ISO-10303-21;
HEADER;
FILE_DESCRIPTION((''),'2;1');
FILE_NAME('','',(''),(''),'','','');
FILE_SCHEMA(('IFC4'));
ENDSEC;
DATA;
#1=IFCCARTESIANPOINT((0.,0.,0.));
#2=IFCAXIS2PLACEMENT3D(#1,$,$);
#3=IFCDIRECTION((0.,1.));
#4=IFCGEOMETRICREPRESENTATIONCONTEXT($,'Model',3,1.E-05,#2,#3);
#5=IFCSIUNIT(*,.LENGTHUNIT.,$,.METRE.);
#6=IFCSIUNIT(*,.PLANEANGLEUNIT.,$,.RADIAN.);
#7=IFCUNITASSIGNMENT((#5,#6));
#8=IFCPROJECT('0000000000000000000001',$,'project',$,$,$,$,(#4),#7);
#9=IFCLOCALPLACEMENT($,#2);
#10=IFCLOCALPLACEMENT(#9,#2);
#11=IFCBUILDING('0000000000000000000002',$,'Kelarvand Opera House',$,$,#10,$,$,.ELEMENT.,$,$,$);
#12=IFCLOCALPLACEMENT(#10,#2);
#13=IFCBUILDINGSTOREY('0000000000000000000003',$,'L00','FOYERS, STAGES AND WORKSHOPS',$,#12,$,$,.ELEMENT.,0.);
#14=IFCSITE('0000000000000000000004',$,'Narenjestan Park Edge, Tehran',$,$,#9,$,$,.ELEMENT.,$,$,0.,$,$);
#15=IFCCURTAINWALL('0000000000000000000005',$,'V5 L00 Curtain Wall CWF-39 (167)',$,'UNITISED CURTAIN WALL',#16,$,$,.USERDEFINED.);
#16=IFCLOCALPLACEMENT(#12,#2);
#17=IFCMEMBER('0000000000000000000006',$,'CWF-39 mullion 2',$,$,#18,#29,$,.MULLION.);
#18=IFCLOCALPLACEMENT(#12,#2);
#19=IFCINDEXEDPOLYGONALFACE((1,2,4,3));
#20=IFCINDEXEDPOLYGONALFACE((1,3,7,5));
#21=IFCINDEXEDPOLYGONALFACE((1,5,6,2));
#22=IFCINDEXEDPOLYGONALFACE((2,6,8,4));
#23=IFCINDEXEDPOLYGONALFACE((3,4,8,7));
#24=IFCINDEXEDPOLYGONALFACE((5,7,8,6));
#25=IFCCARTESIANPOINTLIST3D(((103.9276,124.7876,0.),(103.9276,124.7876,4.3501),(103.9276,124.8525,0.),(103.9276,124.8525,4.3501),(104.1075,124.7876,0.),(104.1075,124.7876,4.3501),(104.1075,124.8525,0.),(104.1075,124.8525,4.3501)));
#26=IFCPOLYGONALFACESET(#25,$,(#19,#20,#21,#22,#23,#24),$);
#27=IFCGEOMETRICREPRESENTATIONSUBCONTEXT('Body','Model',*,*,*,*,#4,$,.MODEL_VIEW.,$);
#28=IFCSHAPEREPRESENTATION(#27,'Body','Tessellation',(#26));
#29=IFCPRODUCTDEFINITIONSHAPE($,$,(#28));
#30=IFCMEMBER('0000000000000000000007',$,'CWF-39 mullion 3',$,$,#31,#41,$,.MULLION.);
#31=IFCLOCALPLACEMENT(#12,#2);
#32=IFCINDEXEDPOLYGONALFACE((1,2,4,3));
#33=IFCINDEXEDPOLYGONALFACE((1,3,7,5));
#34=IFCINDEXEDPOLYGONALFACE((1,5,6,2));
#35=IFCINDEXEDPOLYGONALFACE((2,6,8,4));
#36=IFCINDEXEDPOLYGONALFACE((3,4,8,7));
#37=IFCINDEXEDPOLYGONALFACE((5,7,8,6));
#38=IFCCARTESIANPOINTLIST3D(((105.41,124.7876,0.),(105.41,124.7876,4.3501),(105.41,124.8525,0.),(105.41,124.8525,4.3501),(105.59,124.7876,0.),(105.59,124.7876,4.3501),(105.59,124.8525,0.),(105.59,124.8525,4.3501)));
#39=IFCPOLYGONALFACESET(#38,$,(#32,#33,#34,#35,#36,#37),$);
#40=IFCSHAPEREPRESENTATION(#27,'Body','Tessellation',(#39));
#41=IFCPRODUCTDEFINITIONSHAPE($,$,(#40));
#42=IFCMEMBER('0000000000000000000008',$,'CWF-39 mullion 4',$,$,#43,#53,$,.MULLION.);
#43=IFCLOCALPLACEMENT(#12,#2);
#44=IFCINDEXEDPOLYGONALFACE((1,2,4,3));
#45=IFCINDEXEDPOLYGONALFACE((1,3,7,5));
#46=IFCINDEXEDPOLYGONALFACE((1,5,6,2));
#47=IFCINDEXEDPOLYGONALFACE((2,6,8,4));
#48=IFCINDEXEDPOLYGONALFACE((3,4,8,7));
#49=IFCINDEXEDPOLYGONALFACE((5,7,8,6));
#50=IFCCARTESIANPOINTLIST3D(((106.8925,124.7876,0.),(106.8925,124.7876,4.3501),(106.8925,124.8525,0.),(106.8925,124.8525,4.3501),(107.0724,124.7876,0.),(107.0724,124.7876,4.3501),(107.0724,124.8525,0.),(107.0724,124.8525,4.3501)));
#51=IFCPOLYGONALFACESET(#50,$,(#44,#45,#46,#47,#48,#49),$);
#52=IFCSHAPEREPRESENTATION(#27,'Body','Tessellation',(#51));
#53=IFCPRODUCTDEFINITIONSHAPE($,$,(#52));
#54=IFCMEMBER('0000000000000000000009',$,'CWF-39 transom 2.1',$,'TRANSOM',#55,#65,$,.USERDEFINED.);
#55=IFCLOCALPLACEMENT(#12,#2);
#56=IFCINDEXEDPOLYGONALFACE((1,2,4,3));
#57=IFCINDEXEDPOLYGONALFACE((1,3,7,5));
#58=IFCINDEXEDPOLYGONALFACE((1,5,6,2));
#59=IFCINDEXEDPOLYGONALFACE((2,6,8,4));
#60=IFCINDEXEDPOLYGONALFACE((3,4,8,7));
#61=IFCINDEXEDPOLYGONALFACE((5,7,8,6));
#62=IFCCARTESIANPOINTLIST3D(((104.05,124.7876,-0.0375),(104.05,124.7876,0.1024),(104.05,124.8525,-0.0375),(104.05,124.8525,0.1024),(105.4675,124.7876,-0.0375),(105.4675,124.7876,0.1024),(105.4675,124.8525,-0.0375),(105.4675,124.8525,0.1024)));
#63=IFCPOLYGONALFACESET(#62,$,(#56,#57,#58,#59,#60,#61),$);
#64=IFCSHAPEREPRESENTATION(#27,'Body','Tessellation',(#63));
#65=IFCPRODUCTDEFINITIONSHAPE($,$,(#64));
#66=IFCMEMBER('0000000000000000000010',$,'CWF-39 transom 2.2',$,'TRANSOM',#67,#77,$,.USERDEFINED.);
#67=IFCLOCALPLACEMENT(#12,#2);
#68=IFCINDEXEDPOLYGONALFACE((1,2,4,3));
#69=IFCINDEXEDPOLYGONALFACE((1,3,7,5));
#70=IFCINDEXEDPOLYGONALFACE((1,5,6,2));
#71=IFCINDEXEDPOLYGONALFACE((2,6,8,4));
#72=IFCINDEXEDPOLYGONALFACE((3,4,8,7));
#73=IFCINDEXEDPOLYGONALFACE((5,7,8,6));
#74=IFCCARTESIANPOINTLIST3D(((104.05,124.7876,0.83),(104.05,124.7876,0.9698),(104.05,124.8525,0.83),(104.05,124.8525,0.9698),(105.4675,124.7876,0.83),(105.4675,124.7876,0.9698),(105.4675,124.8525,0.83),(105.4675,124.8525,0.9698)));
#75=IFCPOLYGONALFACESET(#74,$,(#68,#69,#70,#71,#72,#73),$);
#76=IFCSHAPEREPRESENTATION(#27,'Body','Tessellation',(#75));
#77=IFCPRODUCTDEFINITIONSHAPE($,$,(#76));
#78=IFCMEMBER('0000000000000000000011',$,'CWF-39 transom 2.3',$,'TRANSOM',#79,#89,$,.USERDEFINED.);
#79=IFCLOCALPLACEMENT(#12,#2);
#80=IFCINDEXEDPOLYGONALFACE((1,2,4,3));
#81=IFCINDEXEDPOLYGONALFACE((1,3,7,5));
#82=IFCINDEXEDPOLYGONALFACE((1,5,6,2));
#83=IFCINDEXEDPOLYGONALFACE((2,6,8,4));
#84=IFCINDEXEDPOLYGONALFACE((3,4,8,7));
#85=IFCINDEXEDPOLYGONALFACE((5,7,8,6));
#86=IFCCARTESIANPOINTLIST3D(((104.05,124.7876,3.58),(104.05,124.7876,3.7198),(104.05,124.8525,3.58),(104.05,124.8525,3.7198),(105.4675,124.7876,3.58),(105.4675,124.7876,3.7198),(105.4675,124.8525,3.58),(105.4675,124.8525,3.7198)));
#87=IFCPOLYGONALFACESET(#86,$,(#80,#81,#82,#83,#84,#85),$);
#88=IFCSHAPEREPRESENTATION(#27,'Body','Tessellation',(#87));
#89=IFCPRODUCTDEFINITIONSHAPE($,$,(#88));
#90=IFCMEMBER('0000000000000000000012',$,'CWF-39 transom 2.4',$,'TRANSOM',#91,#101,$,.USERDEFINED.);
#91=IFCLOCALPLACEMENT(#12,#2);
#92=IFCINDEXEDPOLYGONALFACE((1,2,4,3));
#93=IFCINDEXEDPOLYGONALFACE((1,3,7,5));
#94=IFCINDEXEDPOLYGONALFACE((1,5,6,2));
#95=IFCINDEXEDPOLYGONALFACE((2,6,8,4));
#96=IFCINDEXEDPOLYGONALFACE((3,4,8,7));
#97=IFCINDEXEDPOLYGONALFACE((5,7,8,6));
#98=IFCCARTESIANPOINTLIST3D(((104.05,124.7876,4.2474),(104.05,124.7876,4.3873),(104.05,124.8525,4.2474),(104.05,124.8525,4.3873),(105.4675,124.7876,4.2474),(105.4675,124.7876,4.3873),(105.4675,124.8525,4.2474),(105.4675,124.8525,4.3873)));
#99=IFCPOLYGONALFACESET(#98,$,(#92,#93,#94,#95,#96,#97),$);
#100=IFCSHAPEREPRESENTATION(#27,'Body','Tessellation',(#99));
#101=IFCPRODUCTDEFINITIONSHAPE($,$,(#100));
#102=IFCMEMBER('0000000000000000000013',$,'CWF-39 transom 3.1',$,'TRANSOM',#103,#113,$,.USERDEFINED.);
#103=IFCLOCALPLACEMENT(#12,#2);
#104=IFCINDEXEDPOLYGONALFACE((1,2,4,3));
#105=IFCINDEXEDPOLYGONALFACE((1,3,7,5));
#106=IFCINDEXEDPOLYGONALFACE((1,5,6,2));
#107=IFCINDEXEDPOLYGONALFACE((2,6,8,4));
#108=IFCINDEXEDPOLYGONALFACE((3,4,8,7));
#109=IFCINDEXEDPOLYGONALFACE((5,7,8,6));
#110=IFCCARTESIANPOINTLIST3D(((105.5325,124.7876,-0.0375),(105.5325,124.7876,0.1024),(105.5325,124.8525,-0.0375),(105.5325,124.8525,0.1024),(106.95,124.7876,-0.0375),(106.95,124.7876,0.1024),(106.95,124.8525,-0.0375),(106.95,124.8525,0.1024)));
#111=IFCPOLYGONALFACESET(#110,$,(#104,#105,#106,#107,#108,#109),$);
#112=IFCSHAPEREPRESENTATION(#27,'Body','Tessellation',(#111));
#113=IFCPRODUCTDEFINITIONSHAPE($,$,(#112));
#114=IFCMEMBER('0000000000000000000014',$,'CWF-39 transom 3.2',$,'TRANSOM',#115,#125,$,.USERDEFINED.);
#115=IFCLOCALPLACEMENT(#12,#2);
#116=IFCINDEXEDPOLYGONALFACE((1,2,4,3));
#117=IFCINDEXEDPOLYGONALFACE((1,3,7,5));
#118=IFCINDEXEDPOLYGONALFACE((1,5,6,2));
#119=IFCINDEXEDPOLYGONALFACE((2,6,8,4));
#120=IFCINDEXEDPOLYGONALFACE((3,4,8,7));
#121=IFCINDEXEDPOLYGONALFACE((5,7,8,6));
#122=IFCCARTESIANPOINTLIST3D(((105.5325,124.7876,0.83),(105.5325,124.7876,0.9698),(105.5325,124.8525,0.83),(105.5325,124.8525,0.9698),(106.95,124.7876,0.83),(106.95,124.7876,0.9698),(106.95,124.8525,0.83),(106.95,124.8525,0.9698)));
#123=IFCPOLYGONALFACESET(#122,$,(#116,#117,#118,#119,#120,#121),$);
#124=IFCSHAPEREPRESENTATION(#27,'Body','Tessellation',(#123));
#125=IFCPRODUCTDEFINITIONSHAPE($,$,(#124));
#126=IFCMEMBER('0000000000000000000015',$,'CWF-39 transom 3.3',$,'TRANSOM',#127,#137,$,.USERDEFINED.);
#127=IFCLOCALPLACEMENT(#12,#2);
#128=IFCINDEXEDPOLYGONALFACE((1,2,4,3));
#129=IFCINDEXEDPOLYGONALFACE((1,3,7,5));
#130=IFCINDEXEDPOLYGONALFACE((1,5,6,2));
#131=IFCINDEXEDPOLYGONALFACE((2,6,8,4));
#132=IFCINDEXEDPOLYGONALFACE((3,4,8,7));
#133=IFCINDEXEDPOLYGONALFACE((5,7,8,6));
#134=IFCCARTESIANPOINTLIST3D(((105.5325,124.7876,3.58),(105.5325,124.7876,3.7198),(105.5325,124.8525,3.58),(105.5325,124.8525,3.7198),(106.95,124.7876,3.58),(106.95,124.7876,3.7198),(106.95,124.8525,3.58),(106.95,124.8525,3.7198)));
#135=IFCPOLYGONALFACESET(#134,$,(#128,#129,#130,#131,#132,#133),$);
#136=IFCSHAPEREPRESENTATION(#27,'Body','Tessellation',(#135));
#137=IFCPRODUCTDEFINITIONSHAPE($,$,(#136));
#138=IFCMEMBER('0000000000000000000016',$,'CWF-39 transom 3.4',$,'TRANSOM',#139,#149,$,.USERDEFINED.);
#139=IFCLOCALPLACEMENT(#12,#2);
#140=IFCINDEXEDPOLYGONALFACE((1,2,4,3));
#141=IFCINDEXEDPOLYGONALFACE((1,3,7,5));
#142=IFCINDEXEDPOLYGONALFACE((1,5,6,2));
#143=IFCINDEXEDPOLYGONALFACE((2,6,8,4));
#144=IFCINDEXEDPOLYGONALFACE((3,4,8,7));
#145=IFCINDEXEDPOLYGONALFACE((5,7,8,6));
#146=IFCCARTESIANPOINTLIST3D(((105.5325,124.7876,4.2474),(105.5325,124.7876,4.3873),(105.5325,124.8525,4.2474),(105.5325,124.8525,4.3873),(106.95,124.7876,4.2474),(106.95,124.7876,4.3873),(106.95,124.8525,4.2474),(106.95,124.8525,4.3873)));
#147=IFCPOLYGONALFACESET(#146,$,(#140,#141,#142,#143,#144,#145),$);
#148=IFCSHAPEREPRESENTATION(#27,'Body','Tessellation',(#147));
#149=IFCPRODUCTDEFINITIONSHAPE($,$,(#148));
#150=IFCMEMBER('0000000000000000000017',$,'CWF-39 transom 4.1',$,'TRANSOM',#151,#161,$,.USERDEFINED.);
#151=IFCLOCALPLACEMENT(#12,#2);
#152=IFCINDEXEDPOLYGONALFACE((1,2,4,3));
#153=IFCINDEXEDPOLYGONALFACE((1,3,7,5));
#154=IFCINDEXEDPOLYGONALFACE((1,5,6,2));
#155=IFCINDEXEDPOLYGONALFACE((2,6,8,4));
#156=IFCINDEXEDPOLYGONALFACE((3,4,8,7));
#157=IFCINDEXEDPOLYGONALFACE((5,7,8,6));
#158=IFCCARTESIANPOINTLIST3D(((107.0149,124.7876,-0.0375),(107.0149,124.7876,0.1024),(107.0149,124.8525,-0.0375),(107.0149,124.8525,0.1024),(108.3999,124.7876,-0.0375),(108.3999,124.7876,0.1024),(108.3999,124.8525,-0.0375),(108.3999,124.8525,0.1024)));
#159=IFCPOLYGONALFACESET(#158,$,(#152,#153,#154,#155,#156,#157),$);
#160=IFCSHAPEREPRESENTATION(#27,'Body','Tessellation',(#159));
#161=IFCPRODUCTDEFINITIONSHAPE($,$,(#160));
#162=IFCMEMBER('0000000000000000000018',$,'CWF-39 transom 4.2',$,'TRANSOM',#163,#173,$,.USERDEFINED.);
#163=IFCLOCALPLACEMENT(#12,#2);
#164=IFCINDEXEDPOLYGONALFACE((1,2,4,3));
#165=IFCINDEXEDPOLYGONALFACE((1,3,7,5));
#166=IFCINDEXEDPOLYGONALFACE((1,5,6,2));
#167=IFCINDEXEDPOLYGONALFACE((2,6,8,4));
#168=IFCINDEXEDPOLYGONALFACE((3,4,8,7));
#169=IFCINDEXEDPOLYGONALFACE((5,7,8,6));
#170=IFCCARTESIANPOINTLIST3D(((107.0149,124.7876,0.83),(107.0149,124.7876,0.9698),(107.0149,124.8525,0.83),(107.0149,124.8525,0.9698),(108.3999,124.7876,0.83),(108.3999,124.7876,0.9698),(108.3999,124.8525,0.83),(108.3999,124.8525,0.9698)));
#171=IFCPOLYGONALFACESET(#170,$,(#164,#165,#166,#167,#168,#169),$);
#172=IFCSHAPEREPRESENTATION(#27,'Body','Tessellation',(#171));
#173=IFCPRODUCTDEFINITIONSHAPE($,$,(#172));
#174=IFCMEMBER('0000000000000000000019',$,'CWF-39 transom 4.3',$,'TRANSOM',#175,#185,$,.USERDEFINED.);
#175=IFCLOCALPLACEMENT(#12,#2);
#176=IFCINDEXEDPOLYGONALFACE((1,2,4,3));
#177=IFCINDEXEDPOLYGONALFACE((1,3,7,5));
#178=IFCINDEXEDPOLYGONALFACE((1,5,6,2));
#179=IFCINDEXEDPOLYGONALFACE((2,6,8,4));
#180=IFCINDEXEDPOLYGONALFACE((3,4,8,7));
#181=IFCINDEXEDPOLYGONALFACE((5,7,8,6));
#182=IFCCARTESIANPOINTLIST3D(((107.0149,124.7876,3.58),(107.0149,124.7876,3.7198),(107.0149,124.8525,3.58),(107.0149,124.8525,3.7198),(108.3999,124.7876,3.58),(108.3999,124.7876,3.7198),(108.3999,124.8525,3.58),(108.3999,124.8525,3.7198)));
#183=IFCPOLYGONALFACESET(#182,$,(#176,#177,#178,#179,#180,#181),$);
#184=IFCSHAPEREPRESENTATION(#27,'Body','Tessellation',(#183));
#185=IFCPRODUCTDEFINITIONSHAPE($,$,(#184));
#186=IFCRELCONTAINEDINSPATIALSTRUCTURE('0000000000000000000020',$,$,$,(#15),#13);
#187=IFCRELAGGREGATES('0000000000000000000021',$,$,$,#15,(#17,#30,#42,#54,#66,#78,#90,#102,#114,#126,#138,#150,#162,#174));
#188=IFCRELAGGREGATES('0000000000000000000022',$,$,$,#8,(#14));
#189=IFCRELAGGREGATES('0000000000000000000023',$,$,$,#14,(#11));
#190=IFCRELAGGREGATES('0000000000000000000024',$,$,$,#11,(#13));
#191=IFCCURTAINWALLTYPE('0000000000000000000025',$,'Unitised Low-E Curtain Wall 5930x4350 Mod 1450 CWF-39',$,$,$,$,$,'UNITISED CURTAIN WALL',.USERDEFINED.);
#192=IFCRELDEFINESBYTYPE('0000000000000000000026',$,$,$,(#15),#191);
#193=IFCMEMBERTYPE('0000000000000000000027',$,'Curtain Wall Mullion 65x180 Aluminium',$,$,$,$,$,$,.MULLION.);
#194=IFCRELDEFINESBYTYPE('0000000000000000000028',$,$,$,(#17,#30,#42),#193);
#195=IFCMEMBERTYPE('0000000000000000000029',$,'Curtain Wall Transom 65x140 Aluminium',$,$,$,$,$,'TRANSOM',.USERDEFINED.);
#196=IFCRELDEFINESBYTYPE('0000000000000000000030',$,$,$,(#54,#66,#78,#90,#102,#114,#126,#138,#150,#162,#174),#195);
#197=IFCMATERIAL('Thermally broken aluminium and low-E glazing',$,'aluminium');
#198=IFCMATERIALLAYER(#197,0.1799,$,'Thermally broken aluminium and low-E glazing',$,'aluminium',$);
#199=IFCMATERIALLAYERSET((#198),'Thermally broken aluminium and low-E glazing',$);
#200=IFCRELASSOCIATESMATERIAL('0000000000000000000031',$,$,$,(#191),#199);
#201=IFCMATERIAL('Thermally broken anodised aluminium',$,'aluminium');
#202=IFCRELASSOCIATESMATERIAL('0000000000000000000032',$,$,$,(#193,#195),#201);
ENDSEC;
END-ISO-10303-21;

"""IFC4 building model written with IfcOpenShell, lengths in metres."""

from ifc_helpers import new_model, si_unit, direction, frame, origin, origin_2d, place, context, subcontext, project, spatial, rectangle, extrude, material, layer, layer_set, material_profile, profile_set, type_object, element, aggregate, save


model = new_model("IFC4")

# Units and contexts
model_context = context("Model", 3, precision=1e-05, world=origin(), true_north=direction((0.0, 1.0)))
body_context = subcontext(model_context, "Body", "Model", "MODEL_VIEW")
ifc_project = project(units=[si_unit("LENGTHUNIT", "METRE"), si_unit("PLANEANGLEUNIT", "RADIAN")], contexts=[model_context])

# Site, building, storey
site_placement = place(None, origin())
site = spatial("IfcSite", under=ifc_project, at=site_placement, Name="Narenjestan Park Edge, Tehran", CompositionType="ELEMENT", RefElevation=0.0)
building_placement = place(site_placement, origin())
building = spatial("IfcBuilding", under=site, at=building_placement, Name="Kelarvand Opera House", CompositionType="ELEMENT")
storey_placement = place(building_placement, origin())
storey = spatial("IfcBuildingStorey", under=building, at=storey_placement, Name="L00", Description="FOYERS, STAGES AND WORKSHOPS", CompositionType="ELEMENT", Elevation=0.0)

# Curtain wall, members
ifc_material_1 = material(Name="Thermally broken aluminium and low-E glazing", Category="aluminium")
ifc_layer_1 = layer(ifc_material_1, 0.1799, Name="Thermally broken aluminium and low-E glazing", Category="aluminium")
ifc_layer_set_1 = layer_set([ifc_layer_1], Name="Thermally broken aluminium and low-E glazing")
curtain_wall_type = type_object("IfcCurtainWallType", Name="Unitised Low-E Curtain Wall 5930x4350 Mod 1450 CWF-39", ElementType="UNITISED CURTAIN WALL", PredefinedType="USERDEFINED", material=ifc_layer_set_1)
curtain_wall_placement = place(storey_placement, origin())
curtain_wall = element("IfcCurtainWall", 1, at=curtain_wall_placement, inside=storey, type_object=curtain_wall_type, Name="V5 L00 Curtain Wall CWF-39 (167)", ObjectType="UNITISED CURTAIN WALL", PredefinedType="USERDEFINED")
ifc_material_2 = material(Name="Thermally broken anodised aluminium", Category="aluminium")
ifc_material_profile_1 = material_profile(ifc_material_2, rectangle(XDim=0.0649, YDim=0.1799, at=origin_2d()), Name="ALU MULLION 65x180", Category="aluminium")
ifc_profile_set_1 = profile_set([ifc_material_profile_1], Name="Thermally broken anodised aluminium")
member_type_1 = type_object("IfcMemberType", Name="Curtain Wall Mullion 65x180 Aluminium", PredefinedType="MULLION", material=ifc_profile_set_1)
member_1_placement = place(storey_placement, frame((104.0176, 124.8201, 0.0), z_axis=(0.0, 0.0, 1.0), x_axis=(0.0, 1.0, 0.0)))
member_1 = element("IfcMember", 2, at=member_1_placement, type_object=member_type_1, Name="CWF-39 mullion 2", PredefinedType="MULLION", context=body_context, shape_type="SweptSolid", body=[
    extrude(rectangle(XDim=0.0649, YDim=0.1799, at=origin_2d()), origin(), (0.0, 0.0, 1.0), 4.3501),
])
member_2_placement = place(storey_placement, frame((105.5, 124.8201, 0.0), z_axis=(0.0, 0.0, 1.0), x_axis=(0.0, 1.0, 0.0)))
member_2 = element("IfcMember", 3, at=member_2_placement, type_object=member_type_1, Name="CWF-39 mullion 3", PredefinedType="MULLION", context=body_context, shape_type="SweptSolid", body=[
    extrude(rectangle(XDim=0.0649, YDim=0.1799, at=origin_2d()), origin(), (0.0, 0.0, 1.0), 4.3501),
])
member_3_placement = place(storey_placement, frame((106.9824, 124.8201, 0.0), z_axis=(0.0, 0.0, 1.0), x_axis=(0.0, 1.0, 0.0)))
member_3 = element("IfcMember", 4, at=member_3_placement, type_object=member_type_1, Name="CWF-39 mullion 4", PredefinedType="MULLION", context=body_context, shape_type="SweptSolid", body=[
    extrude(rectangle(XDim=0.0649, YDim=0.1799, at=origin_2d()), origin(), (0.0, 0.0, 1.0), 4.3501),
])
ifc_material_profile_2 = material_profile(ifc_material_2, rectangle(XDim=0.0649, YDim=0.1399, at=origin_2d()), Name="ALU TRANSOM 65x140", Category="aluminium")
ifc_profile_set_2 = profile_set([ifc_material_profile_2], Name="Thermally broken anodised aluminium")
member_type_2 = type_object("IfcMemberType", Name="Curtain Wall Transom 65x140 Aluminium", ElementType="TRANSOM", PredefinedType="USERDEFINED", material=ifc_profile_set_2)
member_4_placement = place(storey_placement, frame((104.05, 124.8201, 0.0325), z_axis=(1.0, 0.0, 0.0), x_axis=(0.0, 1.0, 0.0)))
member_4 = element("IfcMember", 5, at=member_4_placement, type_object=member_type_2, Name="CWF-39 transom 2.1", ObjectType="TRANSOM", PredefinedType="USERDEFINED", context=body_context, shape_type="SweptSolid", body=[
    extrude(rectangle(XDim=0.0649, YDim=0.1399, at=origin_2d()), origin(), (0.0, 0.0, 1.0), 1.4175),
])
member_5_placement = place(storey_placement, frame((104.05, 124.8201, 0.8999), z_axis=(1.0, 0.0, 0.0), x_axis=(0.0, 1.0, 0.0)))
member_5 = element("IfcMember", 6, at=member_5_placement, type_object=member_type_2, Name="CWF-39 transom 2.2", ObjectType="TRANSOM", PredefinedType="USERDEFINED", context=body_context, shape_type="SweptSolid", body=[
    extrude(rectangle(XDim=0.0649, YDim=0.1399, at=origin_2d()), origin(), (0.0, 0.0, 1.0), 1.4175),
])
member_6_placement = place(storey_placement, frame((104.05, 124.8201, 3.6499), z_axis=(1.0, 0.0, 0.0), x_axis=(0.0, 1.0, 0.0)))
member_6 = element("IfcMember", 7, at=member_6_placement, type_object=member_type_2, Name="CWF-39 transom 2.3", ObjectType="TRANSOM", PredefinedType="USERDEFINED", context=body_context, shape_type="SweptSolid", body=[
    extrude(rectangle(XDim=0.0649, YDim=0.1399, at=origin_2d()), origin(), (0.0, 0.0, 1.0), 1.4175),
])
member_7_placement = place(storey_placement, frame((104.05, 124.8201, 4.3174), z_axis=(1.0, 0.0, 0.0), x_axis=(0.0, 1.0, 0.0)))
member_7 = element("IfcMember", 8, at=member_7_placement, type_object=member_type_2, Name="CWF-39 transom 2.4", ObjectType="TRANSOM", PredefinedType="USERDEFINED", context=body_context, shape_type="SweptSolid", body=[
    extrude(rectangle(XDim=0.0649, YDim=0.1399, at=origin_2d()), origin(), (0.0, 0.0, 1.0), 1.4175),
])
member_8_placement = place(storey_placement, frame((105.5325, 124.8201, 0.0325), z_axis=(1.0, 0.0, 0.0), x_axis=(0.0, 1.0, 0.0)))
member_8 = element("IfcMember", 9, at=member_8_placement, type_object=member_type_2, Name="CWF-39 transom 3.1", ObjectType="TRANSOM", PredefinedType="USERDEFINED", context=body_context, shape_type="SweptSolid", body=[
    extrude(rectangle(XDim=0.0649, YDim=0.1399, at=origin_2d()), origin(), (0.0, 0.0, 1.0), 1.4175),
])
member_9_placement = place(storey_placement, frame((105.5325, 124.8201, 0.8999), z_axis=(1.0, 0.0, 0.0), x_axis=(0.0, 1.0, 0.0)))
member_9 = element("IfcMember", 10, at=member_9_placement, type_object=member_type_2, Name="CWF-39 transom 3.2", ObjectType="TRANSOM", PredefinedType="USERDEFINED", context=body_context, shape_type="SweptSolid", body=[
    extrude(rectangle(XDim=0.0649, YDim=0.1399, at=origin_2d()), origin(), (0.0, 0.0, 1.0), 1.4175),
])
member_10_placement = place(storey_placement, frame((105.5325, 124.8201, 3.6499), z_axis=(1.0, 0.0, 0.0), x_axis=(0.0, 1.0, 0.0)))
member_10 = element("IfcMember", 11, at=member_10_placement, type_object=member_type_2, Name="CWF-39 transom 3.3", ObjectType="TRANSOM", PredefinedType="USERDEFINED", context=body_context, shape_type="SweptSolid", body=[
    extrude(rectangle(XDim=0.0649, YDim=0.1399, at=origin_2d()), origin(), (0.0, 0.0, 1.0), 1.4175),
])
member_11_placement = place(storey_placement, frame((105.5325, 124.8201, 4.3174), z_axis=(1.0, 0.0, 0.0), x_axis=(0.0, 1.0, 0.0)))
member_11 = element("IfcMember", 12, at=member_11_placement, type_object=member_type_2, Name="CWF-39 transom 3.4", ObjectType="TRANSOM", PredefinedType="USERDEFINED", context=body_context, shape_type="SweptSolid", body=[
    extrude(rectangle(XDim=0.0649, YDim=0.1399, at=origin_2d()), origin(), (0.0, 0.0, 1.0), 1.4175),
])
member_12_placement = place(storey_placement, frame((107.0149, 124.8201, 0.0325), z_axis=(1.0, 0.0, 0.0), x_axis=(0.0, 1.0, 0.0)))
member_12 = element("IfcMember", 13, at=member_12_placement, type_object=member_type_2, Name="CWF-39 transom 4.1", ObjectType="TRANSOM", PredefinedType="USERDEFINED", context=body_context, shape_type="SweptSolid", body=[
    extrude(rectangle(XDim=0.0649, YDim=0.1399, at=origin_2d()), origin(), (0.0, 0.0, 1.0), 1.385),
])
member_13_placement = place(storey_placement, frame((107.0149, 124.8201, 0.8999), z_axis=(1.0, 0.0, 0.0), x_axis=(0.0, 1.0, 0.0)))
member_13 = element("IfcMember", 14, at=member_13_placement, type_object=member_type_2, Name="CWF-39 transom 4.2", ObjectType="TRANSOM", PredefinedType="USERDEFINED", context=body_context, shape_type="SweptSolid", body=[
    extrude(rectangle(XDim=0.0649, YDim=0.1399, at=origin_2d()), origin(), (0.0, 0.0, 1.0), 1.385),
])
member_14_placement = place(storey_placement, frame((107.0149, 124.8201, 3.6499), z_axis=(1.0, 0.0, 0.0), x_axis=(0.0, 1.0, 0.0)))
member_14 = element("IfcMember", 15, at=member_14_placement, type_object=member_type_2, Name="CWF-39 transom 4.3", ObjectType="TRANSOM", PredefinedType="USERDEFINED", context=body_context, shape_type="SweptSolid", body=[
    extrude(rectangle(XDim=0.0649, YDim=0.1399, at=origin_2d()), origin(), (0.0, 0.0, 1.0), 1.385),
])
aggregate(curtain_wall, [member_1, member_2, member_3, member_4, member_5, member_6, member_7, member_8, member_9, member_10, member_11, member_12, member_13, member_14])

save(model, "model.ifc")
